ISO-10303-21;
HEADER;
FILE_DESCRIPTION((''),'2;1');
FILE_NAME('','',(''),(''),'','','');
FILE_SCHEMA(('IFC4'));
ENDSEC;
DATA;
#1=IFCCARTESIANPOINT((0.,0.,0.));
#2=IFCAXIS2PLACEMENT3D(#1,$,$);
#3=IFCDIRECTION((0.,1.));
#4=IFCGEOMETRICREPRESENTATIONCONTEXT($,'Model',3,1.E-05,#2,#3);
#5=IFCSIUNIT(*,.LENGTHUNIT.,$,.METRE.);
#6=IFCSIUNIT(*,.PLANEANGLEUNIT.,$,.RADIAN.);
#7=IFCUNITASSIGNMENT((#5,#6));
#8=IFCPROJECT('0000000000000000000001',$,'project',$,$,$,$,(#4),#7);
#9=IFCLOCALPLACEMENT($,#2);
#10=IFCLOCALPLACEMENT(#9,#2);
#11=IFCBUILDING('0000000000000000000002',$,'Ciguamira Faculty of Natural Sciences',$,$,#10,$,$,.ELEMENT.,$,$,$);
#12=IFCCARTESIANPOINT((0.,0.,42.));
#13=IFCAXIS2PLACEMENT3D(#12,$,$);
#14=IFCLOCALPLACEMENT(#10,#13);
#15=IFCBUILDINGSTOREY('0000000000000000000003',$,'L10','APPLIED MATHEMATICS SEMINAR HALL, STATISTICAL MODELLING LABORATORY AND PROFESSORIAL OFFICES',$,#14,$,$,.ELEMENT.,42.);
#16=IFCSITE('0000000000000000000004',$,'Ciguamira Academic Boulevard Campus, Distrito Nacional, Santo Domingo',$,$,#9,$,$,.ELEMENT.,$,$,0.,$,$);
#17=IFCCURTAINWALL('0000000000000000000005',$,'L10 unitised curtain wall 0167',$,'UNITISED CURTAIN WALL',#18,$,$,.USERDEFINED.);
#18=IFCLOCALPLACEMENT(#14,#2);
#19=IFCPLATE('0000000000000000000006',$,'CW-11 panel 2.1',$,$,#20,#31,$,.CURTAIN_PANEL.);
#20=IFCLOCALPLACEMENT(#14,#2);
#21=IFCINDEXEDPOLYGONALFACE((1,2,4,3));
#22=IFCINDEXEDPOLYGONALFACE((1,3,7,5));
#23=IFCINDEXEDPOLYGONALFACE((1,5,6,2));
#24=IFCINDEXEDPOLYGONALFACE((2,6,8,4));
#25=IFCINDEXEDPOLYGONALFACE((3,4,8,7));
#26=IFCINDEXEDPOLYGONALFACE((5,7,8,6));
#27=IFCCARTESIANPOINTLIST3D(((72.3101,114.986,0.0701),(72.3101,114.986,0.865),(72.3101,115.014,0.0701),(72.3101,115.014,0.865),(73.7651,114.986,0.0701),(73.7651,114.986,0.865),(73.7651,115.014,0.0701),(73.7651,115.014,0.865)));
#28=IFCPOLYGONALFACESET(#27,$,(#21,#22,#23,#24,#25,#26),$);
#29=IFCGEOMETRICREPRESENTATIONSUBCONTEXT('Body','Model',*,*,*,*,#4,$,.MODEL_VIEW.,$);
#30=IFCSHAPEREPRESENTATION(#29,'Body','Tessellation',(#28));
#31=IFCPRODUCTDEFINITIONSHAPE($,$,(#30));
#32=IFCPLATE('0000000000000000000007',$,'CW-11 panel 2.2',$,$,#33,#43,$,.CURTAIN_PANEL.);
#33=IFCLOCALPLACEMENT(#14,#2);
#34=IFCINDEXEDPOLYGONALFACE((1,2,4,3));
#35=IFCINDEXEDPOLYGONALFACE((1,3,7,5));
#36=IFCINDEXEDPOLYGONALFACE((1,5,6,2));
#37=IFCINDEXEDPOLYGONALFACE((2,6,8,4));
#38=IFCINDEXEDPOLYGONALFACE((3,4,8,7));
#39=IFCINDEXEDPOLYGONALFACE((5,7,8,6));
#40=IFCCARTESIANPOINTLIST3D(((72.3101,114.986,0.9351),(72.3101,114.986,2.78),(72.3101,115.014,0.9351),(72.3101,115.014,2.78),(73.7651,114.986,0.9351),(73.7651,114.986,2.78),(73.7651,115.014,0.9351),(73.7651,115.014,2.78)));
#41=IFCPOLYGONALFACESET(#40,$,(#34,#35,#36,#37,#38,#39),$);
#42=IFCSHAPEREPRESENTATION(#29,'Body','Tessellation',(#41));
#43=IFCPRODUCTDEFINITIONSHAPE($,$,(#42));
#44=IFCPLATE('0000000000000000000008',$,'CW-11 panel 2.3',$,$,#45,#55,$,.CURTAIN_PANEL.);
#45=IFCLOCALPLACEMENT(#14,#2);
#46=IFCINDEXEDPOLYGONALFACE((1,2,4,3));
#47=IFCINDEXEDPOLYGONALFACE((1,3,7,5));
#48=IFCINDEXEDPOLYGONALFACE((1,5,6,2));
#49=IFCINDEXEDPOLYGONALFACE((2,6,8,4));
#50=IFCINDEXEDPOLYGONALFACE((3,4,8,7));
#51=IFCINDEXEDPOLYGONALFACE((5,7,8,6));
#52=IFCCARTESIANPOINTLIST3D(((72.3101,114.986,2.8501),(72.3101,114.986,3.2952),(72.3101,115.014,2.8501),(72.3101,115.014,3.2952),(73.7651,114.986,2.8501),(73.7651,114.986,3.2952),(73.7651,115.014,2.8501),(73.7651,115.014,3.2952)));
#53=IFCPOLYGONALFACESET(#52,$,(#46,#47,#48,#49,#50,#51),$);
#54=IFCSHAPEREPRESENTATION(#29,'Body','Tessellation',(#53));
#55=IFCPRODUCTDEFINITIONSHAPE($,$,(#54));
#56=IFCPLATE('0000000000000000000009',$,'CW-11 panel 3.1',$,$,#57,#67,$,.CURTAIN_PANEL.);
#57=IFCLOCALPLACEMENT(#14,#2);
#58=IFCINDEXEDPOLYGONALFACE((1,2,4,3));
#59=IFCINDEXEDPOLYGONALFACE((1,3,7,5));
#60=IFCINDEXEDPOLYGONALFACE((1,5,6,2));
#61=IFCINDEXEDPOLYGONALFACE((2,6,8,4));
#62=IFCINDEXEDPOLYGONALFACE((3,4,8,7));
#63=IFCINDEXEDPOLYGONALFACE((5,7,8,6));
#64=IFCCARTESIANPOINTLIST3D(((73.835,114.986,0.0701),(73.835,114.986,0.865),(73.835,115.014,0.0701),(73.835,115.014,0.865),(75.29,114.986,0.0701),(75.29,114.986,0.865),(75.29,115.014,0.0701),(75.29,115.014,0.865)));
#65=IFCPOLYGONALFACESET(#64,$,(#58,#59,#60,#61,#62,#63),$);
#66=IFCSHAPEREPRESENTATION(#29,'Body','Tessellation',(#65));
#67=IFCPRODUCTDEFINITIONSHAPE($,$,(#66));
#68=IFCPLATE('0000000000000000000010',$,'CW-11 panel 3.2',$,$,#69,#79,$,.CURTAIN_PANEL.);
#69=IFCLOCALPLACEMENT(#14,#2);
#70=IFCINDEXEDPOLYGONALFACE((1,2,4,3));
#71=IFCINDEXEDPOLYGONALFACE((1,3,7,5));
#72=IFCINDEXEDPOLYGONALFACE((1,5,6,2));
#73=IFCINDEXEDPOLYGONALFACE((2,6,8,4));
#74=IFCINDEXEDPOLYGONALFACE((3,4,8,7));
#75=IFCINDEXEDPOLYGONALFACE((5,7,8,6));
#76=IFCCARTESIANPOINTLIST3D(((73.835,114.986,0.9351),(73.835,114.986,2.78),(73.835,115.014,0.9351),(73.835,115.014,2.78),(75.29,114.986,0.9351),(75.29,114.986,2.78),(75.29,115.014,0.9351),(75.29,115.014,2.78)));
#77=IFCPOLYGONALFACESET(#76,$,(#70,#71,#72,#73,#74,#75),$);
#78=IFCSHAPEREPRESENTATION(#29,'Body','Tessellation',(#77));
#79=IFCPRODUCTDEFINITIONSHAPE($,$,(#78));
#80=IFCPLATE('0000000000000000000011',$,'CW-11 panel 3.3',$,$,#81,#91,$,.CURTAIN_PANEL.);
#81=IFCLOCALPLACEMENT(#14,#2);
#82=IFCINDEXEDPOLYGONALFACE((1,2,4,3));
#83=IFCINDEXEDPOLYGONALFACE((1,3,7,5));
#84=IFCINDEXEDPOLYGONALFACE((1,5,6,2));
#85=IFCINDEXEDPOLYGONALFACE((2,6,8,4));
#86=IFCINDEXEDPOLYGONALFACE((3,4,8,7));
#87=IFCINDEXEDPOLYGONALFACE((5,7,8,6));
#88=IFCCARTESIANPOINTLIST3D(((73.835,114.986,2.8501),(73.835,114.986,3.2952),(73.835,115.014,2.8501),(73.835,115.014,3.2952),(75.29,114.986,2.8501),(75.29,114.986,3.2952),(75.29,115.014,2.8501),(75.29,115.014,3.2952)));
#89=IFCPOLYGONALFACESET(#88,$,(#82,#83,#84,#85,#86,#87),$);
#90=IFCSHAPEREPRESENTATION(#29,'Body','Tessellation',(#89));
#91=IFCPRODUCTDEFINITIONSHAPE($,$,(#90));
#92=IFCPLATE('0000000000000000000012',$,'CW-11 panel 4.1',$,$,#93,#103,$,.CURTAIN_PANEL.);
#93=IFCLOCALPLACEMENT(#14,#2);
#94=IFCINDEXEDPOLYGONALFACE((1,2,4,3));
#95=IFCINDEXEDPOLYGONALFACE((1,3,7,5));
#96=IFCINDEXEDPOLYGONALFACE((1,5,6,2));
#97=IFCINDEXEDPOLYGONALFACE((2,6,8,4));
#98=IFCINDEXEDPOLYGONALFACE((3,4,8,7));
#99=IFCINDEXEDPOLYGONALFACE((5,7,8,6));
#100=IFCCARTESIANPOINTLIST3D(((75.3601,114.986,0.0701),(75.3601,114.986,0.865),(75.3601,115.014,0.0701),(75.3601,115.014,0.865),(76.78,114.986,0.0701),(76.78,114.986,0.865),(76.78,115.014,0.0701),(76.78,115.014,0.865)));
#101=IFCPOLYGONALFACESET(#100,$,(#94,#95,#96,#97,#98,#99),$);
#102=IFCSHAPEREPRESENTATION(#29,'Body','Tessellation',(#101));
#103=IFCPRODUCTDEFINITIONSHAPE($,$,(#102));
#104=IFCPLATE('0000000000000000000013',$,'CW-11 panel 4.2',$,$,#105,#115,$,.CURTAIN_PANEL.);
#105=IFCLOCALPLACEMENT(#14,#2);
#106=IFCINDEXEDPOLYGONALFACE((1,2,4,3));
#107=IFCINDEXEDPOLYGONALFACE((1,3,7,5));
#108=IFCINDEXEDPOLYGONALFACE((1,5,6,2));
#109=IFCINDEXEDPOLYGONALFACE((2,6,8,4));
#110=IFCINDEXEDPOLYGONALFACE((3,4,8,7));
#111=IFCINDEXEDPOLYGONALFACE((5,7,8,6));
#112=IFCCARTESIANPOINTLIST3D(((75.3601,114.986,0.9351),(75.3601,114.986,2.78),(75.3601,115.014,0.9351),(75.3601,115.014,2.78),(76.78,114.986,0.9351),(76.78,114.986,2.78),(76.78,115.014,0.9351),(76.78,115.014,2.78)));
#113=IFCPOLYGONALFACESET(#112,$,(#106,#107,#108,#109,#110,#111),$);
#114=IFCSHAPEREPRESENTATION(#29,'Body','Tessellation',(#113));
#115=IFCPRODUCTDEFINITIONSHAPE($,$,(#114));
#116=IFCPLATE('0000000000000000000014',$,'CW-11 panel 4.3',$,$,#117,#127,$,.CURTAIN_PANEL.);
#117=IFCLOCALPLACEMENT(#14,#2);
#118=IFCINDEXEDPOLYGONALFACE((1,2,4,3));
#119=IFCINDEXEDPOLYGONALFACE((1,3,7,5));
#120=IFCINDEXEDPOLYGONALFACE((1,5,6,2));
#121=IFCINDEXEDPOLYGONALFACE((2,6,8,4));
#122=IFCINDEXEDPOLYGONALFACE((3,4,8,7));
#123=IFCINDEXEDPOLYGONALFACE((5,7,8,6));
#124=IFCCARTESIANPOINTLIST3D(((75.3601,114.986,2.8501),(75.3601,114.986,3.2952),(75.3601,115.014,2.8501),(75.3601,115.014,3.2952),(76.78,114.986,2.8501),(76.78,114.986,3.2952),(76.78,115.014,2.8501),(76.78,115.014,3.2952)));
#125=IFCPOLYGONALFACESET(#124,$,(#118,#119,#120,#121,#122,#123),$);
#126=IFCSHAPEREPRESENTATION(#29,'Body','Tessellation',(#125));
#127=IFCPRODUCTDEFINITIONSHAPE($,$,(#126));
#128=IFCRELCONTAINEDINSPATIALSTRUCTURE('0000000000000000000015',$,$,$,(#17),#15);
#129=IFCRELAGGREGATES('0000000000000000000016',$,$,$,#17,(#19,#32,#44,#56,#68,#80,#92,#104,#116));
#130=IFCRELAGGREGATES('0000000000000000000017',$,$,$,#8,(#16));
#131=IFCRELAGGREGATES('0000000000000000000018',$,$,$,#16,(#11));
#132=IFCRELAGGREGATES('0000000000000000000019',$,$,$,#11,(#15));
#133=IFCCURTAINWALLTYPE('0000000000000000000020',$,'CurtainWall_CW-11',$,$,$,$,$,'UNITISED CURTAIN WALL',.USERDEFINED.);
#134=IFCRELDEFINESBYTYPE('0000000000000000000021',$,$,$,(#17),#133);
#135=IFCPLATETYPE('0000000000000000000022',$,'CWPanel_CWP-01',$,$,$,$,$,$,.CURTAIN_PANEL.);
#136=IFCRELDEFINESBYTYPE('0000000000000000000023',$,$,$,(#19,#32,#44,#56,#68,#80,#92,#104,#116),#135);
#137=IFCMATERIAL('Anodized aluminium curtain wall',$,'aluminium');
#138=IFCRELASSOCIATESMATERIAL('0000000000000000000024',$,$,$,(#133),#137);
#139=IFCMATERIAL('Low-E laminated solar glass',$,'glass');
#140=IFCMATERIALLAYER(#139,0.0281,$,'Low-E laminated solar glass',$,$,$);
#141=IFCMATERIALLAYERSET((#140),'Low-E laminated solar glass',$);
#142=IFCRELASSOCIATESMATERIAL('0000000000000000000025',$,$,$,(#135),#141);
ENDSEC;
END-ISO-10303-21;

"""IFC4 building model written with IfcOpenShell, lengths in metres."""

from ifc_helpers import new_model, si_unit, direction, frame, origin, origin_2d, place, context, subcontext, project, spatial, rectangle, extrude, material, layer, layer_set, type_object, element, aggregate, save


model = new_model("IFC4")

# Units and contexts
model_context = context("Model", 3, precision=1e-05, world=origin(), true_north=direction((0.0, 1.0)))
body_context = subcontext(model_context, "Body", "Model", "MODEL_VIEW")
ifc_project = project(units=[si_unit("LENGTHUNIT", "METRE"), si_unit("PLANEANGLEUNIT", "RADIAN")], contexts=[model_context])

# Site, building, storey
site_placement = place(None, origin())
site = spatial("IfcSite", under=ifc_project, at=site_placement, Name="Ciguamira Academic Boulevard Campus, Distrito Nacional, Santo Domingo", CompositionType="ELEMENT", RefElevation=0.0)
building_placement = place(site_placement, origin())
building = spatial("IfcBuilding", under=site, at=building_placement, Name="Ciguamira Faculty of Natural Sciences", CompositionType="ELEMENT")
storey_placement = place(building_placement, frame((0.0, 0.0, 42.0)))
storey = spatial("IfcBuildingStorey", under=building, at=storey_placement, Name="L10", Description="APPLIED MATHEMATICS SEMINAR HALL, STATISTICAL MODELLING LABORATORY AND PROFESSORIAL OFFICES", CompositionType="ELEMENT", Elevation=42.0)

# Curtain wall, plates
ifc_material_1 = material(Name="Anodized aluminium curtain wall", Category="aluminium")
curtain_wall_type = type_object("IfcCurtainWallType", Name="CurtainWall_CW-11", ElementType="UNITISED CURTAIN WALL", PredefinedType="USERDEFINED", material=ifc_material_1)
curtain_wall_placement = place(storey_placement, origin())
curtain_wall = element("IfcCurtainWall", 1, at=curtain_wall_placement, inside=storey, type_object=curtain_wall_type, Name="L10 unitised curtain wall 0167", ObjectType="UNITISED CURTAIN WALL", PredefinedType="USERDEFINED")
ifc_material_2 = material(Name="Low-E laminated solar glass", Category="glass")
ifc_layer = layer(ifc_material_2, 0.0281, Name="Low-E laminated solar glass")
ifc_layer_set = layer_set([ifc_layer], Name="Low-E laminated solar glass")
plate_type = type_object("IfcPlateType", Name="CWPanel_CWP-01", PredefinedType="CURTAIN_PANEL", material=ifc_layer_set)
plate_1_placement = place(storey_placement, frame((73.0376, 115.0, 0.0701), z_axis=(0.0, 0.0, 1.0), x_axis=(1.0, 0.0, 0.0)))
plate_1 = element("IfcPlate", 2, at=plate_1_placement, type_object=plate_type, Name="CW-11 panel 2.1", PredefinedType="CURTAIN_PANEL", context=body_context, shape_type="SweptSolid", body=[
    extrude(rectangle(XDim=1.4551, YDim=0.0281, at=origin_2d()), origin(), (0.0, 0.0, 1.0), 0.7949),
])
plate_2_placement = place(storey_placement, frame((73.0376, 115.0, 0.9351), z_axis=(0.0, 0.0, 1.0), x_axis=(1.0, 0.0, 0.0)))
plate_2 = element("IfcPlate", 3, at=plate_2_placement, type_object=plate_type, Name="CW-11 panel 2.2", PredefinedType="CURTAIN_PANEL", context=body_context, shape_type="SweptSolid", body=[
    extrude(rectangle(XDim=1.4551, YDim=0.0281, at=origin_2d()), origin(), (0.0, 0.0, 1.0), 1.845),
])
plate_3_placement = place(storey_placement, frame((73.0376, 115.0, 2.8501), z_axis=(0.0, 0.0, 1.0), x_axis=(1.0, 0.0, 0.0)))
plate_3 = element("IfcPlate", 4, at=plate_3_placement, type_object=plate_type, Name="CW-11 panel 2.3", PredefinedType="CURTAIN_PANEL", context=body_context, shape_type="SweptSolid", body=[
    extrude(rectangle(XDim=1.4551, YDim=0.0281, at=origin_2d()), origin(), (0.0, 0.0, 1.0), 0.4451),
])
plate_4_placement = place(storey_placement, frame((74.5625, 115.0, 0.0701), z_axis=(0.0, 0.0, 1.0), x_axis=(1.0, 0.0, 0.0)))
plate_4 = element("IfcPlate", 5, at=plate_4_placement, type_object=plate_type, Name="CW-11 panel 3.1", PredefinedType="CURTAIN_PANEL", context=body_context, shape_type="SweptSolid", body=[
    extrude(rectangle(XDim=1.4551, YDim=0.0281, at=origin_2d()), origin(), (0.0, 0.0, 1.0), 0.7949),
])
plate_5_placement = place(storey_placement, frame((74.5625, 115.0, 0.9351), z_axis=(0.0, 0.0, 1.0), x_axis=(1.0, 0.0, 0.0)))
plate_5 = element("IfcPlate", 6, at=plate_5_placement, type_object=plate_type, Name="CW-11 panel 3.2", PredefinedType="CURTAIN_PANEL", context=body_context, shape_type="SweptSolid", body=[
    extrude(rectangle(XDim=1.4551, YDim=0.0281, at=origin_2d()), origin(), (0.0, 0.0, 1.0), 1.845),
])
plate_6_placement = place(storey_placement, frame((74.5625, 115.0, 2.8501), z_axis=(0.0, 0.0, 1.0), x_axis=(1.0, 0.0, 0.0)))
plate_6 = element("IfcPlate", 7, at=plate_6_placement, type_object=plate_type, Name="CW-11 panel 3.3", PredefinedType="CURTAIN_PANEL", context=body_context, shape_type="SweptSolid", body=[
    extrude(rectangle(XDim=1.4551, YDim=0.0281, at=origin_2d()), origin(), (0.0, 0.0, 1.0), 0.4451),
])
plate_7_placement = place(storey_placement, frame((76.0701, 115.0, 0.0701), z_axis=(0.0, 0.0, 1.0), x_axis=(1.0, 0.0, 0.0)))
plate_7 = element("IfcPlate", 8, at=plate_7_placement, type_object=plate_type, Name="CW-11 panel 4.1", PredefinedType="CURTAIN_PANEL", context=body_context, shape_type="SweptSolid", body=[
    extrude(rectangle(XDim=1.4199, YDim=0.0281, at=origin_2d()), origin(), (0.0, 0.0, 1.0), 0.7949),
])
plate_8_placement = place(storey_placement, frame((76.0701, 115.0, 0.9351), z_axis=(0.0, 0.0, 1.0), x_axis=(1.0, 0.0, 0.0)))
plate_8 = element("IfcPlate", 9, at=plate_8_placement, type_object=plate_type, Name="CW-11 panel 4.2", PredefinedType="CURTAIN_PANEL", context=body_context, shape_type="SweptSolid", body=[
    extrude(rectangle(XDim=1.4199, YDim=0.0281, at=origin_2d()), origin(), (0.0, 0.0, 1.0), 1.845),
])
plate_9_placement = place(storey_placement, frame((76.0701, 115.0, 2.8501), z_axis=(0.0, 0.0, 1.0), x_axis=(1.0, 0.0, 0.0)))
plate_9 = element("IfcPlate", 10, at=plate_9_placement, type_object=plate_type, Name="CW-11 panel 4.3", PredefinedType="CURTAIN_PANEL", context=body_context, shape_type="SweptSolid", body=[
    extrude(rectangle(XDim=1.4199, YDim=0.0281, at=origin_2d()), origin(), (0.0, 0.0, 1.0), 0.4451),
])
aggregate(curtain_wall, [plate_1, plate_2, plate_3, plate_4, plate_5, plate_6, plate_7, plate_8, plate_9])

save(model, "model.ifc")
